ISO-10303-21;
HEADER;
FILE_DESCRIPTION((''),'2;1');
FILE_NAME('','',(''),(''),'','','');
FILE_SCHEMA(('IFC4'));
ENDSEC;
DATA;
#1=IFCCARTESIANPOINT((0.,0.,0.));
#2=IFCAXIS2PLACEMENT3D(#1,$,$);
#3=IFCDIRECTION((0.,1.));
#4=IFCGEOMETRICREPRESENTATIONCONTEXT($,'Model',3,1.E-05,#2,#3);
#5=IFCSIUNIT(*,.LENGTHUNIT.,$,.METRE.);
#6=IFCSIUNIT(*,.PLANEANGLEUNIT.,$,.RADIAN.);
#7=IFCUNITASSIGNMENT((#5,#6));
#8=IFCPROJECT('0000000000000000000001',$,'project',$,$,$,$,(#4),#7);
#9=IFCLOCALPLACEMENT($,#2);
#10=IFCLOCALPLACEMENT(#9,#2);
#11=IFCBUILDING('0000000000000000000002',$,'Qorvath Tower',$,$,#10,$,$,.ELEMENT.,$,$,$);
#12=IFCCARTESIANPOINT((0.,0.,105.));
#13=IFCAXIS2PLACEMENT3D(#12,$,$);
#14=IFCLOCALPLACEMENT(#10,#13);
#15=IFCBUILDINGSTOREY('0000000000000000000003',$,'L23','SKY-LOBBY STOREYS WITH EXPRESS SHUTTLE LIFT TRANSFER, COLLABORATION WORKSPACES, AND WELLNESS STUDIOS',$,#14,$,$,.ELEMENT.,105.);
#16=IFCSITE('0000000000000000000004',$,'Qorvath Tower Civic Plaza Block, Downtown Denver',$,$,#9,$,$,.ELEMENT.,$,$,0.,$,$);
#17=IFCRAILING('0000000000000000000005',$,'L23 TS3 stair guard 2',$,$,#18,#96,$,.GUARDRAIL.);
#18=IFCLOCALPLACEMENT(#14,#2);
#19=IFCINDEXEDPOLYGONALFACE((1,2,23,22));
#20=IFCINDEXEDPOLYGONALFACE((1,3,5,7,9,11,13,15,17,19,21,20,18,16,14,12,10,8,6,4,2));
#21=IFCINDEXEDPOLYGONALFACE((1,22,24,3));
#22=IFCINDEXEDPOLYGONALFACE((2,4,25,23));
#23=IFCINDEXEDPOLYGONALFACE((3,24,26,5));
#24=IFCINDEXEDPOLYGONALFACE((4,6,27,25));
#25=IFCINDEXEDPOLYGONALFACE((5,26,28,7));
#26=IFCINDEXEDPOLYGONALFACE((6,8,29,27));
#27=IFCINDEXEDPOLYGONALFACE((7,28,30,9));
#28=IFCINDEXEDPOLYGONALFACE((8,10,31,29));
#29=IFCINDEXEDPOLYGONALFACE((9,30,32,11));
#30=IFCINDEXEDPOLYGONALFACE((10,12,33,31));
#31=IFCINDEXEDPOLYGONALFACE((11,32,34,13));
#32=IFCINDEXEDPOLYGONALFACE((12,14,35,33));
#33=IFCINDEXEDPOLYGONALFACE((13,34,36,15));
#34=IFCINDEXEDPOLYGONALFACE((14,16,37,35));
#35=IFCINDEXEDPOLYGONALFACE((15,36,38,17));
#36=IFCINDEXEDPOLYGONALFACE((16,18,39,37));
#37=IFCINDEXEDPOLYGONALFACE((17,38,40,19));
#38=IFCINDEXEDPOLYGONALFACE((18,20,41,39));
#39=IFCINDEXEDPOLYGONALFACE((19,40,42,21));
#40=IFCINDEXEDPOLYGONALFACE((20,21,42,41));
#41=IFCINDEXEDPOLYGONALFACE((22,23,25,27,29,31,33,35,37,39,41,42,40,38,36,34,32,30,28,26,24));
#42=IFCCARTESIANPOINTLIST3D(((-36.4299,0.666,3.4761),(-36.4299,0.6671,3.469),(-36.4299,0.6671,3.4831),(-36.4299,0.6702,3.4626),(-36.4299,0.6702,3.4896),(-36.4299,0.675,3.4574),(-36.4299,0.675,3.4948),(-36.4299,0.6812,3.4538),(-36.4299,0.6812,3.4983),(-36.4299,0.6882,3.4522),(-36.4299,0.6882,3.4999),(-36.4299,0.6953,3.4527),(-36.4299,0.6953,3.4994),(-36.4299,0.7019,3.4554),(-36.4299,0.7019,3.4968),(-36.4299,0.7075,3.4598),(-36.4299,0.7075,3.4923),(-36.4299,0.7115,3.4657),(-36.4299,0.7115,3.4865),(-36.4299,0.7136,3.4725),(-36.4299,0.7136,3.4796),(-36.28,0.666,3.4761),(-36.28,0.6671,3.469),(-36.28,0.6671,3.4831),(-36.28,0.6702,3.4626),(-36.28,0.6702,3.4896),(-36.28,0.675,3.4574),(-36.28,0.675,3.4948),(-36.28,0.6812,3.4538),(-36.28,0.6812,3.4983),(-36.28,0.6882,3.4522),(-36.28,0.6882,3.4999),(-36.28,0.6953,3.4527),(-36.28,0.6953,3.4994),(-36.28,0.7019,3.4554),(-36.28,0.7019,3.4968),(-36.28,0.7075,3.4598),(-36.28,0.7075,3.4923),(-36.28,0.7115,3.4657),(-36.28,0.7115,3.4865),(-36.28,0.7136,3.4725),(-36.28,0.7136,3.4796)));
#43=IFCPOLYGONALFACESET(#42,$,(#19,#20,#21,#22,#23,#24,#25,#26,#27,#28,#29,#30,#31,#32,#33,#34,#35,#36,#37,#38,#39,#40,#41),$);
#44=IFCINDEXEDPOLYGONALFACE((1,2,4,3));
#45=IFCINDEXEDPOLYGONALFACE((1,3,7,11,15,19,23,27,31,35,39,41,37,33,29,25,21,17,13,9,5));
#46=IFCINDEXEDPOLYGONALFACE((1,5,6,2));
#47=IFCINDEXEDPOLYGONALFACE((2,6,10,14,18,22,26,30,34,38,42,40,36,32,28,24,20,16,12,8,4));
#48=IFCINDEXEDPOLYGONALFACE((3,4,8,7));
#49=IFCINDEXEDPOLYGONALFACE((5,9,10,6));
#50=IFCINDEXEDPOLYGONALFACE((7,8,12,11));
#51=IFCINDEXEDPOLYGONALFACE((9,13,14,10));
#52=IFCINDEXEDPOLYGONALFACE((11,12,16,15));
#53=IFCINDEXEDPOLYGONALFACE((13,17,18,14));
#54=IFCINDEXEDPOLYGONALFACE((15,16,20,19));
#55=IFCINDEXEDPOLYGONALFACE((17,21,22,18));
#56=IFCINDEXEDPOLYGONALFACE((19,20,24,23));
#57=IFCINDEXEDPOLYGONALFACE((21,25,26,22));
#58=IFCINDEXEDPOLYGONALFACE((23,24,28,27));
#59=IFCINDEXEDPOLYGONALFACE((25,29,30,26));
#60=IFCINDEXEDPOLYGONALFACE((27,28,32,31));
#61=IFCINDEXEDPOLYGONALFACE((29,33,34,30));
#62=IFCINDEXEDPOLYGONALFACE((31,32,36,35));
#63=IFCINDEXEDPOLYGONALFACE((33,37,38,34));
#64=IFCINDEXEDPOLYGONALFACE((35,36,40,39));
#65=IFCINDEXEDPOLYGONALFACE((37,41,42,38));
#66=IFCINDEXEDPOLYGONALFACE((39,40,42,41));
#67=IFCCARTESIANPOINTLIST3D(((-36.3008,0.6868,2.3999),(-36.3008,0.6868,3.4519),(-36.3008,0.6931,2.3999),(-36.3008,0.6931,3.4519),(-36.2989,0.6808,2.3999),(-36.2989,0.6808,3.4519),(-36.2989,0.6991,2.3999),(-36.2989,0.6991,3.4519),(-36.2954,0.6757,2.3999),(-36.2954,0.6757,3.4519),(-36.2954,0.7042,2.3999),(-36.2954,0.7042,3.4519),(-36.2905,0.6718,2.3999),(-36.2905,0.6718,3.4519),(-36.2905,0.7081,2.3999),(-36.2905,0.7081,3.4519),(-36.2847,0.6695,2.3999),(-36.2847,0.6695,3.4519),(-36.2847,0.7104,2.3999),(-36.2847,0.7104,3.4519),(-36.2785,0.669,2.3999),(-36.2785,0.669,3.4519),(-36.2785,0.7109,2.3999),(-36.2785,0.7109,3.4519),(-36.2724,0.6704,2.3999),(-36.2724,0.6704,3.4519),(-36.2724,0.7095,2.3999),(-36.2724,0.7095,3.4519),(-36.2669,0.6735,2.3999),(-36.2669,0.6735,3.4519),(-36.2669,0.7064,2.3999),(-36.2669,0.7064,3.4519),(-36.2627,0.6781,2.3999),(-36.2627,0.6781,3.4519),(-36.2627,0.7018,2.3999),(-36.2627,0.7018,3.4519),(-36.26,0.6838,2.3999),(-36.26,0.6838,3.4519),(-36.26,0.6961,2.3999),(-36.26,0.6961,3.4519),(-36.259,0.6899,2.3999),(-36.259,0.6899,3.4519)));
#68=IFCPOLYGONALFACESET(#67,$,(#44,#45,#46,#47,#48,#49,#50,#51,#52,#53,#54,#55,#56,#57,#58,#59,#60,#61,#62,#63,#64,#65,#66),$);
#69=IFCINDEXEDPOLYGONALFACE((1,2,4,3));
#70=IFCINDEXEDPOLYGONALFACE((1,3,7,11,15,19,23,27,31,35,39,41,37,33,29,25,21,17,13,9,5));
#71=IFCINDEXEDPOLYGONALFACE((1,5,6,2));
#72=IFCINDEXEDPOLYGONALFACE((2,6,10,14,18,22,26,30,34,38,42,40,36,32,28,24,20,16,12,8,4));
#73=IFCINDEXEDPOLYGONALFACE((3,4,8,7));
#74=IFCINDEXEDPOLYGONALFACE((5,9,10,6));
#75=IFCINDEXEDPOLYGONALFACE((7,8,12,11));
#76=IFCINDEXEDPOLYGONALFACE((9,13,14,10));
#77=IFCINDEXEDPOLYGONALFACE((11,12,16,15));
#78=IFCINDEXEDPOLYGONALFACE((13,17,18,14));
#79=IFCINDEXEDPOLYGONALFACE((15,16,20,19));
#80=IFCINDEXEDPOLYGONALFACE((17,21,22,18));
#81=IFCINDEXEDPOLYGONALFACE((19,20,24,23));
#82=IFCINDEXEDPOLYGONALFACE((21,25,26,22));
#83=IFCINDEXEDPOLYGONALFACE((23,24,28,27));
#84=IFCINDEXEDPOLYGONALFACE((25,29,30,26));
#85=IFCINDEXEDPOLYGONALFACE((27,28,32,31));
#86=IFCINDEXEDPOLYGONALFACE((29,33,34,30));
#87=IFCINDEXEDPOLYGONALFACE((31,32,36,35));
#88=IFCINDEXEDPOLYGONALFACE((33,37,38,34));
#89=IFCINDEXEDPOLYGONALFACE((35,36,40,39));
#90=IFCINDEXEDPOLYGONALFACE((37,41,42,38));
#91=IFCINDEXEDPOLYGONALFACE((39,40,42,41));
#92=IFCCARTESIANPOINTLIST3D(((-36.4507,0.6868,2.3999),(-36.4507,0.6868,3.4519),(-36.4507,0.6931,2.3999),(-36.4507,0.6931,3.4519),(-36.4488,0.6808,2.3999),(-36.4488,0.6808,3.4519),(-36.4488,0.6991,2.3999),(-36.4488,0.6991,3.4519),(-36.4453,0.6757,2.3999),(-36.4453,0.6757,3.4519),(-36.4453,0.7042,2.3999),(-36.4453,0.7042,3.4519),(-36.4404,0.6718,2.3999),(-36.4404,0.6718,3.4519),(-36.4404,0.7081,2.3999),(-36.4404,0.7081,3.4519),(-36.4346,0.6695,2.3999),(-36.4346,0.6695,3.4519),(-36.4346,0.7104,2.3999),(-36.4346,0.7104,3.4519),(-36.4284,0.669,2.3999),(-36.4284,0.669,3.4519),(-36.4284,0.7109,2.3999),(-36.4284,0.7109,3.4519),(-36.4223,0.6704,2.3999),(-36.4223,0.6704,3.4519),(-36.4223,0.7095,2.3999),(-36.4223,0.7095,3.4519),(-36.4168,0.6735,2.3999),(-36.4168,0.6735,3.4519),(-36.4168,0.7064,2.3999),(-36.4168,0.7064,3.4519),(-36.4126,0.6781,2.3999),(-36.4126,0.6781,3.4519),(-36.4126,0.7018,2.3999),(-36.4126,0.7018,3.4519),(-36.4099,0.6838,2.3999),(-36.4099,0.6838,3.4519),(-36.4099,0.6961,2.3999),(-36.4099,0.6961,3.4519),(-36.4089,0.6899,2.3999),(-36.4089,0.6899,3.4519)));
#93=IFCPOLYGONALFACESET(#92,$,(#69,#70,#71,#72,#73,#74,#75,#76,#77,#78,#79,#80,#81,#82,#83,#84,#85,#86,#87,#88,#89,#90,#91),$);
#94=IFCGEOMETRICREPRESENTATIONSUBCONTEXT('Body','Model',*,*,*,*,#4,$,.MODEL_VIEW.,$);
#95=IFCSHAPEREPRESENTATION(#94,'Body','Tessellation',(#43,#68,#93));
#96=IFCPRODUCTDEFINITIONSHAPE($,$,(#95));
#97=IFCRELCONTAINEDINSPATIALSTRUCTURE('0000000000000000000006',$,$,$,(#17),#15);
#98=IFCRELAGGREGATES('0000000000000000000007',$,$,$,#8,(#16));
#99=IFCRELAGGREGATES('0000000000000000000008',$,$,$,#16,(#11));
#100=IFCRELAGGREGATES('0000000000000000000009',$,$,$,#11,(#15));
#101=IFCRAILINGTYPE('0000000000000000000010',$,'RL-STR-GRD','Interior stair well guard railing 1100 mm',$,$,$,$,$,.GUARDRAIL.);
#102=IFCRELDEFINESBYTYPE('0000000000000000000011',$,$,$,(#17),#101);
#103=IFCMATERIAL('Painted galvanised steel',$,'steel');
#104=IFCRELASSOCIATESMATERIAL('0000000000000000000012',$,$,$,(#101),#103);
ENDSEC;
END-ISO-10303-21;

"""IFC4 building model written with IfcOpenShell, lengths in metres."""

from ifc_helpers import new_model, si_unit, direction, frame, origin, origin_2d, place, context, subcontext, project, spatial, circle, extrude, material, type_object, element, save


model = new_model("IFC4")

# Units and contexts
model_context = context("Model", 3, precision=1e-05, world=origin(), true_north=direction((0.0, 1.0)))
body_context = subcontext(model_context, "Body", "Model", "MODEL_VIEW")
ifc_project = project(units=[si_unit("LENGTHUNIT", "METRE"), si_unit("PLANEANGLEUNIT", "RADIAN")], contexts=[model_context])

# Site, building, storey
site_placement = place(None, origin())
site = spatial("IfcSite", under=ifc_project, at=site_placement, Name="Qorvath Tower Civic Plaza Block, Downtown Denver", CompositionType="ELEMENT", RefElevation=0.0)
building_placement = place(site_placement, origin())
building = spatial("IfcBuilding", under=site, at=building_placement, Name="Qorvath Tower", CompositionType="ELEMENT")
storey_placement = place(building_placement, frame((0.0, 0.0, 105.0)))
storey = spatial("IfcBuildingStorey", under=building, at=storey_placement, Name="L23", Description="SKY-LOBBY STOREYS WITH EXPRESS SHUTTLE LIFT TRANSFER, COLLABORATION WORKSPACES, AND WELLNESS STUDIOS", CompositionType="ELEMENT", Elevation=105.0)

# Railing
ifc_material_1 = material(Name="Painted galvanised steel", Category="steel")
railing_type_1 = type_object("IfcRailingType", Name="RL-STR-GRD", Description="Interior stair well guard railing 1100 mm", PredefinedType="GUARDRAIL", material=ifc_material_1)
railing_1_placement = place(storey_placement, frame((-36.28, 0.6899, 2.3999)))
element("IfcRailing", 1, at=railing_1_placement, inside=storey, type_object=railing_type_1, Name="L23 TS3 stair guard 2", PredefinedType="GUARDRAIL", context=body_context, shape_type="SweptSolid", body=[
    extrude(circle(Radius=0.0239, at=origin_2d()), frame((0.0, 0.0, 1.0762), z_axis=(-1.0, 0.0, 0.0), x_axis=(0.0, -1.0, 0.0)), (0.0, 0.0, 1.0), 0.1499),
    extrude(circle(Radius=0.021, at=origin_2d()), origin(), (0.0, 0.0, 1.0), 1.052),
    extrude(circle(Radius=0.021, at=origin_2d()), frame((-0.1499, 0.0, 0.0)), (0.0, 0.0, 1.0), 1.052),
])

save(model, "model.ifc")
